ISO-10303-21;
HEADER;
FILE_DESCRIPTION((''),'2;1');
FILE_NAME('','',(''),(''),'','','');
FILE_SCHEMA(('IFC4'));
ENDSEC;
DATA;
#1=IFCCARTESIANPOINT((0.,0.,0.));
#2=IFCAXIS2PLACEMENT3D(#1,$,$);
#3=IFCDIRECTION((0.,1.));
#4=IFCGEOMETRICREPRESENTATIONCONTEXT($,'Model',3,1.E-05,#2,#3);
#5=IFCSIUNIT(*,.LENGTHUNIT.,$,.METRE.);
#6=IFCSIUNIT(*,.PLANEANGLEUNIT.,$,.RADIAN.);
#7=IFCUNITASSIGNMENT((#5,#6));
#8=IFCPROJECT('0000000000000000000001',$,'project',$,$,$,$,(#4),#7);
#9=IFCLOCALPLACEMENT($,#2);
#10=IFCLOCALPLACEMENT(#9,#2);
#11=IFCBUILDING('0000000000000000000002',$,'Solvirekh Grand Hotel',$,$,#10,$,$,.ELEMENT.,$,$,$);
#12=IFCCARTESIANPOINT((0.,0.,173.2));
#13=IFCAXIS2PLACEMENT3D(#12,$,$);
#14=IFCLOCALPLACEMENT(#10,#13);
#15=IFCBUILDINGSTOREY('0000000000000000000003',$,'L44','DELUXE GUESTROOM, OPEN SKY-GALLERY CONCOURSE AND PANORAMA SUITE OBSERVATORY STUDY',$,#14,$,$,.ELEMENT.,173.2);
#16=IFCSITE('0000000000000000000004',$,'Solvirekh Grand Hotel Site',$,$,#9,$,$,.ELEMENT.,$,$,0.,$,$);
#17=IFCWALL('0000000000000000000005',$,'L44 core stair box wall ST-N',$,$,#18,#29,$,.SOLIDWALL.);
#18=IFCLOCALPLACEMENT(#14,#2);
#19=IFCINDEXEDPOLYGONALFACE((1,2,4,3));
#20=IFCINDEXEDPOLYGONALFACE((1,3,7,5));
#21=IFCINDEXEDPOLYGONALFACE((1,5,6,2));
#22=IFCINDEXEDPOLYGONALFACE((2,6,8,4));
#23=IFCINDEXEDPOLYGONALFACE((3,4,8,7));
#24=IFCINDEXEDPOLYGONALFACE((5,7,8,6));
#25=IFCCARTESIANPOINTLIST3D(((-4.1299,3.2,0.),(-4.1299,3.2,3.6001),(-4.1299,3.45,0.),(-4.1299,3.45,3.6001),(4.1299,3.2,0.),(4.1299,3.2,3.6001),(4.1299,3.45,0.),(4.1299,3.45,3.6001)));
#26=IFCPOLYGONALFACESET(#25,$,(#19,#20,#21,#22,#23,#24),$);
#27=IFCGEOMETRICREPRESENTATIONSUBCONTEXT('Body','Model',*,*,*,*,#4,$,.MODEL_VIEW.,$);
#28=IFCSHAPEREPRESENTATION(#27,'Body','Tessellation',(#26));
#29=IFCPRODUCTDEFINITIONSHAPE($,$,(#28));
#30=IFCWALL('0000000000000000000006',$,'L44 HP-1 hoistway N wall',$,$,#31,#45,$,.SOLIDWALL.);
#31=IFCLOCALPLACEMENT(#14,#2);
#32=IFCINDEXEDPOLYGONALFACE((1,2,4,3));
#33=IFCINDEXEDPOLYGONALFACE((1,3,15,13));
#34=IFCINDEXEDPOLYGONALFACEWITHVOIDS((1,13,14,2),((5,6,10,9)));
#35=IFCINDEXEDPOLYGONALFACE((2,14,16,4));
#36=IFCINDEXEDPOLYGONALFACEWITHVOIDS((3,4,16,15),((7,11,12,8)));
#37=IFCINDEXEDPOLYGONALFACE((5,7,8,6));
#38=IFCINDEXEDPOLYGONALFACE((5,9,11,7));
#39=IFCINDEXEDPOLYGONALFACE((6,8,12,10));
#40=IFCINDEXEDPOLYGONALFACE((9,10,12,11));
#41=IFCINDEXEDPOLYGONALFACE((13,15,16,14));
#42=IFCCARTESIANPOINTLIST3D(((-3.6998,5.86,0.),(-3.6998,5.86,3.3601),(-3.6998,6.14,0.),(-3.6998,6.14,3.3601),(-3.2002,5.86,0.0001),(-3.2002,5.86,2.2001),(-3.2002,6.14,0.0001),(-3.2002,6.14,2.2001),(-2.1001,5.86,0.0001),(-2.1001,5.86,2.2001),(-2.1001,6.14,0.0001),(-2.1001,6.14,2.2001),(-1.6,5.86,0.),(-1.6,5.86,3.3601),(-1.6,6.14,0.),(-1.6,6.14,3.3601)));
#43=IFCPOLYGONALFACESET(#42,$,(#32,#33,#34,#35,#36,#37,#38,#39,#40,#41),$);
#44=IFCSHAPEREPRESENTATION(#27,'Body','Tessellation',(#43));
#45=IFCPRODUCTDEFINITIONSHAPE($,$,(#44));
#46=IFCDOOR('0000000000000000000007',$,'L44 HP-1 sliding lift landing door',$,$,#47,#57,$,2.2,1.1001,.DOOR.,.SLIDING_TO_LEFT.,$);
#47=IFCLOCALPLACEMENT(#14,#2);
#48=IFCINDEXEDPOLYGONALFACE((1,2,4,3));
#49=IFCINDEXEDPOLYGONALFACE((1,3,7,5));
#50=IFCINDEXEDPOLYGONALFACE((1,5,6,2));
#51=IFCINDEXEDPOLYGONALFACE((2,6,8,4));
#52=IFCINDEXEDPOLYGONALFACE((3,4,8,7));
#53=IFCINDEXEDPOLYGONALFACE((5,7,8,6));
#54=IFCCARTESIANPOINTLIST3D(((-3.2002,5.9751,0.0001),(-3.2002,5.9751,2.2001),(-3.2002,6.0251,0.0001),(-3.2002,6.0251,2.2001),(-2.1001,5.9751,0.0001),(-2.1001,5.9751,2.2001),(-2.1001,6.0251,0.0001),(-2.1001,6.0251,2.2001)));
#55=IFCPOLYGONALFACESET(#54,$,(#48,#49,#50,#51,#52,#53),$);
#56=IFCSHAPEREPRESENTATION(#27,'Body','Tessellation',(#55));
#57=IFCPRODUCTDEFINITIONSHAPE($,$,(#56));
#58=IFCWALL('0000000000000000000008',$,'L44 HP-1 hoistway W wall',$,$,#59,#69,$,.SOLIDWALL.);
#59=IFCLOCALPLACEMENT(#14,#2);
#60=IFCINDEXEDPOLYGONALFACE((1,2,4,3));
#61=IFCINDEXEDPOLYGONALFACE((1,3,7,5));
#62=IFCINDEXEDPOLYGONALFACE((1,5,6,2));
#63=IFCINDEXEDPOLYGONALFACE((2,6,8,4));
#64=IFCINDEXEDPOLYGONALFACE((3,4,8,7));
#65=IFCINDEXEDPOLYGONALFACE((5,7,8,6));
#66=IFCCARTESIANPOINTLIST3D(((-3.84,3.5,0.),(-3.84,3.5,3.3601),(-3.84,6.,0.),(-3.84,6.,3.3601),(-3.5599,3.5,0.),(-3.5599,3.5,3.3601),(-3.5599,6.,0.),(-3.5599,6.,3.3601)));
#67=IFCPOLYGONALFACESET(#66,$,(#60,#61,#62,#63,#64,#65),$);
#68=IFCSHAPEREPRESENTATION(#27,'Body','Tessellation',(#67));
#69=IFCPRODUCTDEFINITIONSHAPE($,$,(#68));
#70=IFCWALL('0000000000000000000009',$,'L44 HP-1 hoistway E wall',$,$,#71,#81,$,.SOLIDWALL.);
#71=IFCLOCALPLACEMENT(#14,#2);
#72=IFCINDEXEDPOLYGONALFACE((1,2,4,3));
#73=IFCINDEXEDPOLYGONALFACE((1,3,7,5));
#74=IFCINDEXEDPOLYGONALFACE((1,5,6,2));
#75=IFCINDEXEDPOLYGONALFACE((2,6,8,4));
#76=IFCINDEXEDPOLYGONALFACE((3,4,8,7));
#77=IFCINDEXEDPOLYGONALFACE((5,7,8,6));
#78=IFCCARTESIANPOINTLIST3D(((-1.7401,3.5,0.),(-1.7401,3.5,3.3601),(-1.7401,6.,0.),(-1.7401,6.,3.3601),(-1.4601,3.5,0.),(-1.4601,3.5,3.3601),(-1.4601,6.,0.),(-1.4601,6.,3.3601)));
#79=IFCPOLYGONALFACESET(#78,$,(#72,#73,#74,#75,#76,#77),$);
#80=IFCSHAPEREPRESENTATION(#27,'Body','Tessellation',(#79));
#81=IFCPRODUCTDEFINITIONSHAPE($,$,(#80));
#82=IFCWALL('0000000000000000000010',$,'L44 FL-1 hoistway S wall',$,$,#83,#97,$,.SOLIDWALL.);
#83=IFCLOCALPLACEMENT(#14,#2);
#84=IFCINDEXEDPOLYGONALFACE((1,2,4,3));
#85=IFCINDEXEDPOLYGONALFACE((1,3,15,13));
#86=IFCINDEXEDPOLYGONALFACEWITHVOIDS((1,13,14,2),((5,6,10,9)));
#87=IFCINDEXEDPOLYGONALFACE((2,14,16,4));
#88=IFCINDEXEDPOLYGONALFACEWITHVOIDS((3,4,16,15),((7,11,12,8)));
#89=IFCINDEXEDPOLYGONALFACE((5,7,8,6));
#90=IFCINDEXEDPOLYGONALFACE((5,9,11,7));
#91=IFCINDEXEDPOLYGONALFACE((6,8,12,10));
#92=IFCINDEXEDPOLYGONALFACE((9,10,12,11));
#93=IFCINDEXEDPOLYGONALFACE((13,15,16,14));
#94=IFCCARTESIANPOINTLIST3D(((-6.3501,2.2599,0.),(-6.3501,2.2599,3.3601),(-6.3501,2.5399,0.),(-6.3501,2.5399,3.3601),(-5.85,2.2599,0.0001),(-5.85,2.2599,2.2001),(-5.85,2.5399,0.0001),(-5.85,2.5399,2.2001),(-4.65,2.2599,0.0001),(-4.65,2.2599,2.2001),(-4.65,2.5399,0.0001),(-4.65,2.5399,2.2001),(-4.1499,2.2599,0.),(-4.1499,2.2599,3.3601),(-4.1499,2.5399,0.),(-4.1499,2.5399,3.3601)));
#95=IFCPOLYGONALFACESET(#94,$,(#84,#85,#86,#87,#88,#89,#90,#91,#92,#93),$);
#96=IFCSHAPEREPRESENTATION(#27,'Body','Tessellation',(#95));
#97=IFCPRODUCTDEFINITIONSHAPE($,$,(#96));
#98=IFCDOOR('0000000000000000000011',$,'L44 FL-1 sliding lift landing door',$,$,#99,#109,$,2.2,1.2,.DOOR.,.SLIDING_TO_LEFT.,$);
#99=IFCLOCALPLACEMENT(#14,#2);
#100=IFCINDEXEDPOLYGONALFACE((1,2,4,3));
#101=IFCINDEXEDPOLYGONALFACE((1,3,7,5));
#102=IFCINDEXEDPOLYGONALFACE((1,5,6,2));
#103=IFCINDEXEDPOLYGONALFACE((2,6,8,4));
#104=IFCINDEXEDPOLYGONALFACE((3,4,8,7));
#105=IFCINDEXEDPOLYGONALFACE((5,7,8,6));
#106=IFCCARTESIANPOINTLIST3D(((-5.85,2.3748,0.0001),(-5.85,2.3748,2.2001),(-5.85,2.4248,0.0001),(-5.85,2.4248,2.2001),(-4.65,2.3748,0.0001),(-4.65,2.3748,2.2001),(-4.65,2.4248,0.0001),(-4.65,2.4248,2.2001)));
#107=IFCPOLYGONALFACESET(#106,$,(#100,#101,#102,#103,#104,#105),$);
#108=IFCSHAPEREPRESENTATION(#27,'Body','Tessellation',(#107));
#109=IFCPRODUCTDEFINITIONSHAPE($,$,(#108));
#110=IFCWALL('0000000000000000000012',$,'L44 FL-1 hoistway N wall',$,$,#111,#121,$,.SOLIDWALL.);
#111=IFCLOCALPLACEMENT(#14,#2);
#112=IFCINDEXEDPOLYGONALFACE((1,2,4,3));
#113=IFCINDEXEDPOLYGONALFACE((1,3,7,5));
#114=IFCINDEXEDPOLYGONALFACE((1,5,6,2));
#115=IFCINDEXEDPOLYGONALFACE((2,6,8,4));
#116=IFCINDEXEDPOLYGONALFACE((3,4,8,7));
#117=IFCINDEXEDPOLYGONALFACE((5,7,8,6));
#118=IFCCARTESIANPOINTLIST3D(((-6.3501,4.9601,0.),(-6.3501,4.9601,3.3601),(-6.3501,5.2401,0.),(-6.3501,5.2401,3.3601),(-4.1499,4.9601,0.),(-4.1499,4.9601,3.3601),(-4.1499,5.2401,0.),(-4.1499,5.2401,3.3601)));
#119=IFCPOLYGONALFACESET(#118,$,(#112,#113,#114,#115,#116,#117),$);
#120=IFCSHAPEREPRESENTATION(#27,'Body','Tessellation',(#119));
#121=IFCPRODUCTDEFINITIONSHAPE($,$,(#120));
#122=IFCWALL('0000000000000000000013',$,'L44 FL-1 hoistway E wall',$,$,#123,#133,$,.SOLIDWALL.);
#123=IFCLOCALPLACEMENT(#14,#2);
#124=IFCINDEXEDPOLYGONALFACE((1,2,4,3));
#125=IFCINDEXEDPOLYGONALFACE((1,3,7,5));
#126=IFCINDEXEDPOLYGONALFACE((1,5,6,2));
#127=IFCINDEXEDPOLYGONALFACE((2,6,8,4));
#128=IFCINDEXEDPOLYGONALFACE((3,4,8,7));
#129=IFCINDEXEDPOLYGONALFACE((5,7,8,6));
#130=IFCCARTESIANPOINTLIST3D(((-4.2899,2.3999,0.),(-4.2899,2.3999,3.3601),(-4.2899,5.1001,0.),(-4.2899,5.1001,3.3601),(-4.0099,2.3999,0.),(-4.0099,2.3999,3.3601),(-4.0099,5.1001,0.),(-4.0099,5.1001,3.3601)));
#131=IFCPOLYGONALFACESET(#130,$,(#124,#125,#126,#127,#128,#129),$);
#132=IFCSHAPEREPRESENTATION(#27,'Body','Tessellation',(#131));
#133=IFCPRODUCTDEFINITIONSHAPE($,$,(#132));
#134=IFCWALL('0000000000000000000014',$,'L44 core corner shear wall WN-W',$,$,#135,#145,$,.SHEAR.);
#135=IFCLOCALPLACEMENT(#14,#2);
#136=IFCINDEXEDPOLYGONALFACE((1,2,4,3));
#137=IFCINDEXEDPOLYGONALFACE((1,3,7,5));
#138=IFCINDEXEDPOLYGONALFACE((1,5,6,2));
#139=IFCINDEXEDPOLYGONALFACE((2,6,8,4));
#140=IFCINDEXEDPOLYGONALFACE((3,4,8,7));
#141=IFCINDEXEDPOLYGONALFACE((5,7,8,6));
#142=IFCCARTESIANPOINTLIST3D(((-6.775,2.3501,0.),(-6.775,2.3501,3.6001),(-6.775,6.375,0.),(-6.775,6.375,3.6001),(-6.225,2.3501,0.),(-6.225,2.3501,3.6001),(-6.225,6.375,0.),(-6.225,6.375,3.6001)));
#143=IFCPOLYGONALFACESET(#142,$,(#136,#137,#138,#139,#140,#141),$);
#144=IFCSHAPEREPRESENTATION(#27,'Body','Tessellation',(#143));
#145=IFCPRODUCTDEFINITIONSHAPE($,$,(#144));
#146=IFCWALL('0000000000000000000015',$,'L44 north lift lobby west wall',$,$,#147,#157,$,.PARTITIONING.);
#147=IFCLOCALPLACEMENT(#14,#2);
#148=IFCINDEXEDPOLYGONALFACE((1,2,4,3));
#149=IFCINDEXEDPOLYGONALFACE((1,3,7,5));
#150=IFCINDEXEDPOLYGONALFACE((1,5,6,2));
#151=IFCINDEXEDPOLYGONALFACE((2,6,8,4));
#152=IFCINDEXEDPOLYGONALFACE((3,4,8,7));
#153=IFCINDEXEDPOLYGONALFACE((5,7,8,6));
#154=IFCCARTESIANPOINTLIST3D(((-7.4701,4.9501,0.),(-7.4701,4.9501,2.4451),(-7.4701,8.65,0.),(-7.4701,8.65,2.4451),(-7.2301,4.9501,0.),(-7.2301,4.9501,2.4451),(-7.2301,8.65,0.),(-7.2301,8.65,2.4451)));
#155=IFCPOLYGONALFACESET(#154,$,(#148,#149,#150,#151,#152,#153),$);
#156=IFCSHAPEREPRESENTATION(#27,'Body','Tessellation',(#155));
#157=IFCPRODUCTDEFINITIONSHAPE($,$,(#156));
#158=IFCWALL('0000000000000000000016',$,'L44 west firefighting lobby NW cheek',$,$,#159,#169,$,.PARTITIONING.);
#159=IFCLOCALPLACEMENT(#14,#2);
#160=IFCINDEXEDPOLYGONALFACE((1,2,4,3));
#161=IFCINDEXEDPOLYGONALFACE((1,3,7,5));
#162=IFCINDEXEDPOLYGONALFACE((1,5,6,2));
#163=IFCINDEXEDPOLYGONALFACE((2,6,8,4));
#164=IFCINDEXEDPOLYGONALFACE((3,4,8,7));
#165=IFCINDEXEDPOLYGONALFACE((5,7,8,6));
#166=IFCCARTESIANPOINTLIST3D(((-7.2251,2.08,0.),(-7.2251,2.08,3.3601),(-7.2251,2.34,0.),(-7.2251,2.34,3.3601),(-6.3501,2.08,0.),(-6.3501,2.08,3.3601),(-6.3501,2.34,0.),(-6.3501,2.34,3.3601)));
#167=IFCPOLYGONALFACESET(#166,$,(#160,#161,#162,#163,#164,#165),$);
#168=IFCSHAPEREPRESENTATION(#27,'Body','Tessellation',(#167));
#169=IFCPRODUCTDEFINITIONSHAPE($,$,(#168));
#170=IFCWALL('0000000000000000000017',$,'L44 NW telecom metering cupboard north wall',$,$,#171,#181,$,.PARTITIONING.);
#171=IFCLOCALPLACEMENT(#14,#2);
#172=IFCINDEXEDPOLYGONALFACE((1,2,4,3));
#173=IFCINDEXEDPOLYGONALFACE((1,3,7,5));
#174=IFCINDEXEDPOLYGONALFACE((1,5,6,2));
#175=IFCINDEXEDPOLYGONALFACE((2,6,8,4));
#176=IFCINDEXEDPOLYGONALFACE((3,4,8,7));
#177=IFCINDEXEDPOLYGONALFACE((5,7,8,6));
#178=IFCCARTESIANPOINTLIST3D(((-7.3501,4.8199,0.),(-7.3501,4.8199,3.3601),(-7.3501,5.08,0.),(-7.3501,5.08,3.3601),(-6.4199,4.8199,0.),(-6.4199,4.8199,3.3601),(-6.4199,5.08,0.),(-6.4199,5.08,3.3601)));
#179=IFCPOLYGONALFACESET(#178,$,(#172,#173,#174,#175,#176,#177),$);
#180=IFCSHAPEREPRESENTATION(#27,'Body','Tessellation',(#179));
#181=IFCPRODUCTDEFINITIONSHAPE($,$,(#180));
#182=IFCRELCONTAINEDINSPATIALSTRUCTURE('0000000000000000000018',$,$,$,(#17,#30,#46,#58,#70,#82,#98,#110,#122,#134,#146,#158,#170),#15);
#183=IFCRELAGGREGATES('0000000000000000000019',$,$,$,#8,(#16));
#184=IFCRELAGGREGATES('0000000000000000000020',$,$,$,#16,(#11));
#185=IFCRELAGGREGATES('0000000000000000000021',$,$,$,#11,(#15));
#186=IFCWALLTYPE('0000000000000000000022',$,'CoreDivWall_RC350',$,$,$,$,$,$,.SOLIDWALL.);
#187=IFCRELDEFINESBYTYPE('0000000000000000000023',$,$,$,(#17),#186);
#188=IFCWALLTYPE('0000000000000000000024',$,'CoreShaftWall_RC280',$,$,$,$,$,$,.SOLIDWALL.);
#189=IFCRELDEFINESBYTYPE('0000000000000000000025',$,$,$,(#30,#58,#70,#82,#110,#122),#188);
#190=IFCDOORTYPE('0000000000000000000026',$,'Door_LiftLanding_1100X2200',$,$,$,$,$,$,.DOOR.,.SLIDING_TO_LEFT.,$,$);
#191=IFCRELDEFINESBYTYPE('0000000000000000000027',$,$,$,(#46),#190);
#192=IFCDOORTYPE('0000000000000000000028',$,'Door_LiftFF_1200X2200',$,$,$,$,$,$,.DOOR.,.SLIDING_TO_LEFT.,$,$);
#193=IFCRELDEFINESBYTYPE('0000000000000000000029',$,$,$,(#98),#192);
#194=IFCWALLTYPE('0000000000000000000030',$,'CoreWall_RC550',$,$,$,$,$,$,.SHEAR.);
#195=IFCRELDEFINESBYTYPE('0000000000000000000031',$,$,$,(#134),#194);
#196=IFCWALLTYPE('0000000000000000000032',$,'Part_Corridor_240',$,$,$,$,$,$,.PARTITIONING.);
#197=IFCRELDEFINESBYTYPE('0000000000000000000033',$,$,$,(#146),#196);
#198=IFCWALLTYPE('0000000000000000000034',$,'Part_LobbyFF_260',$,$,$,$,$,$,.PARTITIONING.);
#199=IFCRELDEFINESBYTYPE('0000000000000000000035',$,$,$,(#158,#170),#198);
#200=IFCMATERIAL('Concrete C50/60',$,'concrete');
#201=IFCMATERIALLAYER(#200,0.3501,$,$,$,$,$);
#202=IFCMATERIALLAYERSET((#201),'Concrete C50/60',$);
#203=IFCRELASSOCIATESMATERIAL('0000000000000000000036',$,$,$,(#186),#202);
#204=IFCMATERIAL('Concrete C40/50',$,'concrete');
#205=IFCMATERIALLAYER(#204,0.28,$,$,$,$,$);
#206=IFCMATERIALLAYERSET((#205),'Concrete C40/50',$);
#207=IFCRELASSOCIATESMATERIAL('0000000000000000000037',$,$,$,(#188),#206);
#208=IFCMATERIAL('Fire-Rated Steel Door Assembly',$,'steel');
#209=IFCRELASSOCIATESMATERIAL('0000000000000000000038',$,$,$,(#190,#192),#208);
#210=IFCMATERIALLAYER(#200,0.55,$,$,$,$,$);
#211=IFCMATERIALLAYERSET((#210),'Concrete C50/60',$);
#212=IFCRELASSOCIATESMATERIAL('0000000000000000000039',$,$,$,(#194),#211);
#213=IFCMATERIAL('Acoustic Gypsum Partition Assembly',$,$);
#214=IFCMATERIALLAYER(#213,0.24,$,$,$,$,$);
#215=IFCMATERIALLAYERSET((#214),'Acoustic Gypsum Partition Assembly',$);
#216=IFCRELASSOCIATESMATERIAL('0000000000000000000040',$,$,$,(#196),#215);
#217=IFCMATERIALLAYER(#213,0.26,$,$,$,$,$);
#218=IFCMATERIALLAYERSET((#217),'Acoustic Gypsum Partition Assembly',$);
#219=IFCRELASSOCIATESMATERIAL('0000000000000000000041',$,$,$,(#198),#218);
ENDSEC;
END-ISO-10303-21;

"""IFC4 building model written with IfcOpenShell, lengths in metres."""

from ifc_helpers import new_model, si_unit, direction, frame, frame_2d, origin, place, context, subcontext, project, spatial, rectangle, extrude, material, layer, layer_set, type_object, element, fill, save


model = new_model("IFC4")

# Units and contexts
model_context = context("Model", 3, precision=1e-05, world=origin(), true_north=direction((0.0, 1.0)))
body_context = subcontext(model_context, "Body", "Model", "MODEL_VIEW")
ifc_project = project(units=[si_unit("LENGTHUNIT", "METRE"), si_unit("PLANEANGLEUNIT", "RADIAN")], contexts=[model_context])

# Site, building, storey
site_placement = place(None, origin())
site = spatial("IfcSite", under=ifc_project, at=site_placement, Name="Solvirekh Grand Hotel Site", CompositionType="ELEMENT", RefElevation=0.0)
building_placement = place(site_placement, origin())
building = spatial("IfcBuilding", under=site, at=building_placement, Name="Solvirekh Grand Hotel", CompositionType="ELEMENT")
storey_placement = place(building_placement, frame((0.0, 0.0, 173.2)))
storey = spatial("IfcBuildingStorey", under=building, at=storey_placement, Name="L44", Description="DELUXE GUESTROOM, OPEN SKY-GALLERY CONCOURSE AND PANORAMA SUITE OBSERVATORY STUDY", CompositionType="ELEMENT", Elevation=173.2)

# Wall
ifc_material_1 = material(Name="Concrete C50/60", Category="concrete")
ifc_layer_1 = layer(ifc_material_1, 0.3501)
ifc_layer_set_1 = layer_set([ifc_layer_1], Name="Concrete C50/60")
wall_type_1 = type_object("IfcWallType", Name="CoreDivWall_RC350", PredefinedType="SOLIDWALL", material=ifc_layer_set_1)
wall_1_placement = place(storey_placement, frame((-4.1299, 3.325, 0.0), z_axis=(0.0, 0.0, 1.0), x_axis=(1.0, 0.0, 0.0)))
element("IfcWall", 1, at=wall_1_placement, inside=storey, type_object=wall_type_1, Name="L44 core stair box wall ST-N", PredefinedType="SOLIDWALL", context=body_context, shape_type="SweptSolid", body=[
    extrude(rectangle(XDim=8.2598, YDim=0.25, at=frame_2d((4.1299, 0.0))), origin(), (0.0, 0.0, 1.0), 3.6001),
])

# Wall, opening, door
ifc_material_2 = material(Name="Concrete C40/50", Category="concrete")
ifc_layer_2 = layer(ifc_material_2, 0.28)
ifc_layer_set_2 = layer_set([ifc_layer_2], Name="Concrete C40/50")
wall_type_2 = type_object("IfcWallType", Name="CoreShaftWall_RC280", PredefinedType="SOLIDWALL", material=ifc_layer_set_2)
wall_2_placement = place(storey_placement, frame((-1.6001, 6.0, 0.0), z_axis=(0.0, 0.0, 1.0), x_axis=(-1.0, 0.0, 0.0)))
wall_2 = element("IfcWall", 2, at=wall_2_placement, inside=storey, type_object=wall_type_2, Name="L44 HP-1 hoistway N wall", PredefinedType="SOLIDWALL", context=body_context, shape_type="SweptSolid", body=[
    extrude(rectangle(XDim=2.0999, YDim=0.28, at=frame_2d((1.0498, 0.0))), origin(), (0.0, 0.0, 1.0), 3.3601),
])
opening_1_placement = place(wall_2_placement, frame((0.5, 0.0, 0.0)))
opening_1 = element("IfcOpeningElement", 3, at=opening_1_placement, cuts=wall_2, PredefinedType="OPENING", context=body_context, shape_type="SweptSolid", body=[
    extrude(rectangle(XDim=1.1001, YDim=2.2, at=frame_2d((0.55, 1.1001))), frame((0.0, 0.1499, 0.0), z_axis=(0.0, -1.0, 0.0), x_axis=(1.0, 0.0, 0.0)), (0.0, 0.0, 1.0), 0.3),
])
ifc_material_3 = material(Name="Fire-Rated Steel Door Assembly", Category="steel")
door_type_1 = type_object("IfcDoorType", Name="Door_LiftLanding_1100X2200", OperationType="SLIDING_TO_LEFT", PredefinedType="DOOR", material=ifc_material_3)
door_1_placement = place(opening_1_placement, origin())
door_1 = element("IfcDoor", 4, at=door_1_placement, inside=storey, type_object=door_type_1, Name="L44 HP-1 sliding lift landing door", OperationType="SLIDING_TO_LEFT", OverallHeight=2.2, OverallWidth=1.1001, PredefinedType="DOOR", context=body_context, shape_type="SweptSolid", body=[
    extrude(rectangle(XDim=1.1001, YDim=2.2, at=frame_2d((0.55, 1.1001))), frame((0.0, 0.0249, 0.0), z_axis=(0.0, -1.0, 0.0), x_axis=(1.0, 0.0, 0.0)), (0.0, 0.0, 1.0), 0.05),
])
fill(opening_1, door_1)

# Walls
for number, where, z_axis, x_axis, name in (
    (5, (-3.7, 6.0, 0.0), (0.0, 0.0, 1.0), (0.0, -1.0, 0.0), "L44 HP-1 hoistway W wall"),
    (6, (-1.6001, 3.5, 0.0), (0.0, 0.0, 1.0), (0.0, 1.0, 0.0), "L44 HP-1 hoistway E wall"),
):
    element("IfcWall", number, at=place(storey_placement, frame(where, z_axis=z_axis, x_axis=x_axis)), inside=storey, type_object=wall_type_2, Name=name, PredefinedType="SOLIDWALL", context=body_context, shape_type="SweptSolid", body=[
        extrude(rectangle(XDim=2.5, YDim=0.28, at=frame_2d((1.25, 0.0))), origin(), (0.0, 0.0, 1.0), 3.3601),
    ])

# Wall, opening, door
wall_3_placement = place(storey_placement, frame((-6.3501, 2.3999, 0.0), z_axis=(0.0, 0.0, 1.0), x_axis=(1.0, 0.0, 0.0)))
wall_3 = element("IfcWall", 7, at=wall_3_placement, inside=storey, type_object=wall_type_2, Name="L44 FL-1 hoistway S wall", PredefinedType="SOLIDWALL", context=body_context, shape_type="SweptSolid", body=[
    extrude(rectangle(XDim=2.2002, YDim=0.28, at=frame_2d((1.1001, 0.0))), origin(), (0.0, 0.0, 1.0), 3.3601),
])
opening_2_placement = place(wall_3_placement, frame((0.5, 0.0, 0.0)))
opening_2 = element("IfcOpeningElement", 8, at=opening_2_placement, cuts=wall_3, PredefinedType="OPENING", context=body_context, shape_type="SweptSolid", body=[
    extrude(rectangle(XDim=1.2, YDim=2.2, at=frame_2d((0.6001, 1.1001))), frame((0.0, 0.1499, 0.0), z_axis=(0.0, -1.0, 0.0), x_axis=(1.0, 0.0, 0.0)), (0.0, 0.0, 1.0), 0.3),
])
door_type_2 = type_object("IfcDoorType", Name="Door_LiftFF_1200X2200", OperationType="SLIDING_TO_LEFT", PredefinedType="DOOR", material=ifc_material_3)
door_2_placement = place(opening_2_placement, origin())
door_2 = element("IfcDoor", 9, at=door_2_placement, inside=storey, type_object=door_type_2, Name="L44 FL-1 sliding lift landing door", OperationType="SLIDING_TO_LEFT", OverallHeight=2.2, OverallWidth=1.2, PredefinedType="DOOR", context=body_context, shape_type="SweptSolid", body=[
    extrude(rectangle(XDim=1.2, YDim=2.2, at=frame_2d((0.6001, 1.1001))), frame((0.0, 0.0249, 0.0), z_axis=(0.0, -1.0, 0.0), x_axis=(1.0, 0.0, 0.0)), (0.0, 0.0, 1.0), 0.05),
])
fill(opening_2, door_2)

# Walls
wall_4_placement = place(storey_placement, frame((-4.1499, 5.1001, 0.0), z_axis=(0.0, 0.0, 1.0), x_axis=(-1.0, 0.0, 0.0)))
element("IfcWall", 10, at=wall_4_placement, inside=storey, type_object=wall_type_2, Name="L44 FL-1 hoistway N wall", PredefinedType="SOLIDWALL", context=body_context, shape_type="SweptSolid", body=[
    extrude(rectangle(XDim=2.2002, YDim=0.28, at=frame_2d((1.1001, 0.0))), origin(), (0.0, 0.0, 1.0), 3.3601),
])
wall_5_placement = place(storey_placement, frame((-4.1499, 2.3999, 0.0), z_axis=(0.0, 0.0, 1.0), x_axis=(0.0, 1.0, 0.0)))
element("IfcWall", 11, at=wall_5_placement, inside=storey, type_object=wall_type_2, Name="L44 FL-1 hoistway E wall", PredefinedType="SOLIDWALL", context=body_context, shape_type="SweptSolid", body=[
    extrude(rectangle(XDim=2.7002, YDim=0.28, at=frame_2d((1.3501, 0.0))), origin(), (0.0, 0.0, 1.0), 3.3601),
])
ifc_layer_3 = layer(ifc_material_1, 0.55)
ifc_layer_set_3 = layer_set([ifc_layer_3], Name="Concrete C50/60")
wall_type_3 = type_object("IfcWallType", Name="CoreWall_RC550", PredefinedType="SHEAR", material=ifc_layer_set_3)
wall_6_placement = place(storey_placement, frame((-6.5, 2.3501, 0.0), z_axis=(0.0, 0.0, 1.0), x_axis=(0.0, 1.0, 0.0)))
element("IfcWall", 12, at=wall_6_placement, inside=storey, type_object=wall_type_3, Name="L44 core corner shear wall WN-W", PredefinedType="SHEAR", context=body_context, shape_type="SweptSolid", body=[
    extrude(rectangle(XDim=4.0249, YDim=0.55, at=frame_2d((2.0125, 0.0))), origin(), (0.0, 0.0, 1.0), 3.6001),
])
ifc_material_4 = material(Name="Acoustic Gypsum Partition Assembly")
ifc_layer_4 = layer(ifc_material_4, 0.24)
ifc_layer_set_4 = layer_set([ifc_layer_4], Name="Acoustic Gypsum Partition Assembly")
wall_type_4 = type_object("IfcWallType", Name="Part_Corridor_240", PredefinedType="PARTITIONING", material=ifc_layer_set_4)
wall_7_placement = place(storey_placement, frame((-7.3501, 4.95, 0.0), z_axis=(0.0, 0.0, 1.0), x_axis=(0.0, 1.0, 0.0)))
element("IfcWall", 13, at=wall_7_placement, inside=storey, type_object=wall_type_4, Name="L44 north lift lobby west wall", PredefinedType="PARTITIONING", context=body_context, shape_type="SweptSolid", body=[
    extrude(rectangle(XDim=3.7, YDim=0.24, at=frame_2d((1.8501, 0.0))), origin(), (0.0, 0.0, 1.0), 2.4451),
])
ifc_layer_5 = layer(ifc_material_4, 0.26)
ifc_layer_set_5 = layer_set([ifc_layer_5], Name="Acoustic Gypsum Partition Assembly")
wall_type_5 = type_object("IfcWallType", Name="Part_LobbyFF_260", PredefinedType="PARTITIONING", material=ifc_layer_set_5)
wall_8_placement = place(storey_placement, frame((-7.2251, 2.21, 0.0), z_axis=(0.0, 0.0, 1.0), x_axis=(1.0, 0.0, 0.0)))
element("IfcWall", 14, at=wall_8_placement, inside=storey, type_object=wall_type_5, Name="L44 west firefighting lobby NW cheek", PredefinedType="PARTITIONING", context=body_context, shape_type="SweptSolid", body=[
    extrude(rectangle(XDim=0.875, YDim=0.26, at=frame_2d((0.4375, 0.0))), origin(), (0.0, 0.0, 1.0), 3.3601),
])
for number, where, z_axis, x_axis, name in (
    (15, (-7.3501, 4.95, 0.0), (0.0, 0.0, 1.0), (1.0, 0.0, 0.0), "L44 NW telecom metering cupboard north wall"),
):
    element("IfcWall", number, at=place(storey_placement, frame(where, z_axis=z_axis, x_axis=x_axis)), inside=storey, type_object=wall_type_5, Name=name, PredefinedType="PARTITIONING", context=body_context, shape_type="SweptSolid", body=[
        extrude(rectangle(XDim=0.9302, YDim=0.26, at=frame_2d((0.4651, 0.0))), origin(), (0.0, 0.0, 1.0), 3.3601),
    ])

save(model, "model.ifc")
